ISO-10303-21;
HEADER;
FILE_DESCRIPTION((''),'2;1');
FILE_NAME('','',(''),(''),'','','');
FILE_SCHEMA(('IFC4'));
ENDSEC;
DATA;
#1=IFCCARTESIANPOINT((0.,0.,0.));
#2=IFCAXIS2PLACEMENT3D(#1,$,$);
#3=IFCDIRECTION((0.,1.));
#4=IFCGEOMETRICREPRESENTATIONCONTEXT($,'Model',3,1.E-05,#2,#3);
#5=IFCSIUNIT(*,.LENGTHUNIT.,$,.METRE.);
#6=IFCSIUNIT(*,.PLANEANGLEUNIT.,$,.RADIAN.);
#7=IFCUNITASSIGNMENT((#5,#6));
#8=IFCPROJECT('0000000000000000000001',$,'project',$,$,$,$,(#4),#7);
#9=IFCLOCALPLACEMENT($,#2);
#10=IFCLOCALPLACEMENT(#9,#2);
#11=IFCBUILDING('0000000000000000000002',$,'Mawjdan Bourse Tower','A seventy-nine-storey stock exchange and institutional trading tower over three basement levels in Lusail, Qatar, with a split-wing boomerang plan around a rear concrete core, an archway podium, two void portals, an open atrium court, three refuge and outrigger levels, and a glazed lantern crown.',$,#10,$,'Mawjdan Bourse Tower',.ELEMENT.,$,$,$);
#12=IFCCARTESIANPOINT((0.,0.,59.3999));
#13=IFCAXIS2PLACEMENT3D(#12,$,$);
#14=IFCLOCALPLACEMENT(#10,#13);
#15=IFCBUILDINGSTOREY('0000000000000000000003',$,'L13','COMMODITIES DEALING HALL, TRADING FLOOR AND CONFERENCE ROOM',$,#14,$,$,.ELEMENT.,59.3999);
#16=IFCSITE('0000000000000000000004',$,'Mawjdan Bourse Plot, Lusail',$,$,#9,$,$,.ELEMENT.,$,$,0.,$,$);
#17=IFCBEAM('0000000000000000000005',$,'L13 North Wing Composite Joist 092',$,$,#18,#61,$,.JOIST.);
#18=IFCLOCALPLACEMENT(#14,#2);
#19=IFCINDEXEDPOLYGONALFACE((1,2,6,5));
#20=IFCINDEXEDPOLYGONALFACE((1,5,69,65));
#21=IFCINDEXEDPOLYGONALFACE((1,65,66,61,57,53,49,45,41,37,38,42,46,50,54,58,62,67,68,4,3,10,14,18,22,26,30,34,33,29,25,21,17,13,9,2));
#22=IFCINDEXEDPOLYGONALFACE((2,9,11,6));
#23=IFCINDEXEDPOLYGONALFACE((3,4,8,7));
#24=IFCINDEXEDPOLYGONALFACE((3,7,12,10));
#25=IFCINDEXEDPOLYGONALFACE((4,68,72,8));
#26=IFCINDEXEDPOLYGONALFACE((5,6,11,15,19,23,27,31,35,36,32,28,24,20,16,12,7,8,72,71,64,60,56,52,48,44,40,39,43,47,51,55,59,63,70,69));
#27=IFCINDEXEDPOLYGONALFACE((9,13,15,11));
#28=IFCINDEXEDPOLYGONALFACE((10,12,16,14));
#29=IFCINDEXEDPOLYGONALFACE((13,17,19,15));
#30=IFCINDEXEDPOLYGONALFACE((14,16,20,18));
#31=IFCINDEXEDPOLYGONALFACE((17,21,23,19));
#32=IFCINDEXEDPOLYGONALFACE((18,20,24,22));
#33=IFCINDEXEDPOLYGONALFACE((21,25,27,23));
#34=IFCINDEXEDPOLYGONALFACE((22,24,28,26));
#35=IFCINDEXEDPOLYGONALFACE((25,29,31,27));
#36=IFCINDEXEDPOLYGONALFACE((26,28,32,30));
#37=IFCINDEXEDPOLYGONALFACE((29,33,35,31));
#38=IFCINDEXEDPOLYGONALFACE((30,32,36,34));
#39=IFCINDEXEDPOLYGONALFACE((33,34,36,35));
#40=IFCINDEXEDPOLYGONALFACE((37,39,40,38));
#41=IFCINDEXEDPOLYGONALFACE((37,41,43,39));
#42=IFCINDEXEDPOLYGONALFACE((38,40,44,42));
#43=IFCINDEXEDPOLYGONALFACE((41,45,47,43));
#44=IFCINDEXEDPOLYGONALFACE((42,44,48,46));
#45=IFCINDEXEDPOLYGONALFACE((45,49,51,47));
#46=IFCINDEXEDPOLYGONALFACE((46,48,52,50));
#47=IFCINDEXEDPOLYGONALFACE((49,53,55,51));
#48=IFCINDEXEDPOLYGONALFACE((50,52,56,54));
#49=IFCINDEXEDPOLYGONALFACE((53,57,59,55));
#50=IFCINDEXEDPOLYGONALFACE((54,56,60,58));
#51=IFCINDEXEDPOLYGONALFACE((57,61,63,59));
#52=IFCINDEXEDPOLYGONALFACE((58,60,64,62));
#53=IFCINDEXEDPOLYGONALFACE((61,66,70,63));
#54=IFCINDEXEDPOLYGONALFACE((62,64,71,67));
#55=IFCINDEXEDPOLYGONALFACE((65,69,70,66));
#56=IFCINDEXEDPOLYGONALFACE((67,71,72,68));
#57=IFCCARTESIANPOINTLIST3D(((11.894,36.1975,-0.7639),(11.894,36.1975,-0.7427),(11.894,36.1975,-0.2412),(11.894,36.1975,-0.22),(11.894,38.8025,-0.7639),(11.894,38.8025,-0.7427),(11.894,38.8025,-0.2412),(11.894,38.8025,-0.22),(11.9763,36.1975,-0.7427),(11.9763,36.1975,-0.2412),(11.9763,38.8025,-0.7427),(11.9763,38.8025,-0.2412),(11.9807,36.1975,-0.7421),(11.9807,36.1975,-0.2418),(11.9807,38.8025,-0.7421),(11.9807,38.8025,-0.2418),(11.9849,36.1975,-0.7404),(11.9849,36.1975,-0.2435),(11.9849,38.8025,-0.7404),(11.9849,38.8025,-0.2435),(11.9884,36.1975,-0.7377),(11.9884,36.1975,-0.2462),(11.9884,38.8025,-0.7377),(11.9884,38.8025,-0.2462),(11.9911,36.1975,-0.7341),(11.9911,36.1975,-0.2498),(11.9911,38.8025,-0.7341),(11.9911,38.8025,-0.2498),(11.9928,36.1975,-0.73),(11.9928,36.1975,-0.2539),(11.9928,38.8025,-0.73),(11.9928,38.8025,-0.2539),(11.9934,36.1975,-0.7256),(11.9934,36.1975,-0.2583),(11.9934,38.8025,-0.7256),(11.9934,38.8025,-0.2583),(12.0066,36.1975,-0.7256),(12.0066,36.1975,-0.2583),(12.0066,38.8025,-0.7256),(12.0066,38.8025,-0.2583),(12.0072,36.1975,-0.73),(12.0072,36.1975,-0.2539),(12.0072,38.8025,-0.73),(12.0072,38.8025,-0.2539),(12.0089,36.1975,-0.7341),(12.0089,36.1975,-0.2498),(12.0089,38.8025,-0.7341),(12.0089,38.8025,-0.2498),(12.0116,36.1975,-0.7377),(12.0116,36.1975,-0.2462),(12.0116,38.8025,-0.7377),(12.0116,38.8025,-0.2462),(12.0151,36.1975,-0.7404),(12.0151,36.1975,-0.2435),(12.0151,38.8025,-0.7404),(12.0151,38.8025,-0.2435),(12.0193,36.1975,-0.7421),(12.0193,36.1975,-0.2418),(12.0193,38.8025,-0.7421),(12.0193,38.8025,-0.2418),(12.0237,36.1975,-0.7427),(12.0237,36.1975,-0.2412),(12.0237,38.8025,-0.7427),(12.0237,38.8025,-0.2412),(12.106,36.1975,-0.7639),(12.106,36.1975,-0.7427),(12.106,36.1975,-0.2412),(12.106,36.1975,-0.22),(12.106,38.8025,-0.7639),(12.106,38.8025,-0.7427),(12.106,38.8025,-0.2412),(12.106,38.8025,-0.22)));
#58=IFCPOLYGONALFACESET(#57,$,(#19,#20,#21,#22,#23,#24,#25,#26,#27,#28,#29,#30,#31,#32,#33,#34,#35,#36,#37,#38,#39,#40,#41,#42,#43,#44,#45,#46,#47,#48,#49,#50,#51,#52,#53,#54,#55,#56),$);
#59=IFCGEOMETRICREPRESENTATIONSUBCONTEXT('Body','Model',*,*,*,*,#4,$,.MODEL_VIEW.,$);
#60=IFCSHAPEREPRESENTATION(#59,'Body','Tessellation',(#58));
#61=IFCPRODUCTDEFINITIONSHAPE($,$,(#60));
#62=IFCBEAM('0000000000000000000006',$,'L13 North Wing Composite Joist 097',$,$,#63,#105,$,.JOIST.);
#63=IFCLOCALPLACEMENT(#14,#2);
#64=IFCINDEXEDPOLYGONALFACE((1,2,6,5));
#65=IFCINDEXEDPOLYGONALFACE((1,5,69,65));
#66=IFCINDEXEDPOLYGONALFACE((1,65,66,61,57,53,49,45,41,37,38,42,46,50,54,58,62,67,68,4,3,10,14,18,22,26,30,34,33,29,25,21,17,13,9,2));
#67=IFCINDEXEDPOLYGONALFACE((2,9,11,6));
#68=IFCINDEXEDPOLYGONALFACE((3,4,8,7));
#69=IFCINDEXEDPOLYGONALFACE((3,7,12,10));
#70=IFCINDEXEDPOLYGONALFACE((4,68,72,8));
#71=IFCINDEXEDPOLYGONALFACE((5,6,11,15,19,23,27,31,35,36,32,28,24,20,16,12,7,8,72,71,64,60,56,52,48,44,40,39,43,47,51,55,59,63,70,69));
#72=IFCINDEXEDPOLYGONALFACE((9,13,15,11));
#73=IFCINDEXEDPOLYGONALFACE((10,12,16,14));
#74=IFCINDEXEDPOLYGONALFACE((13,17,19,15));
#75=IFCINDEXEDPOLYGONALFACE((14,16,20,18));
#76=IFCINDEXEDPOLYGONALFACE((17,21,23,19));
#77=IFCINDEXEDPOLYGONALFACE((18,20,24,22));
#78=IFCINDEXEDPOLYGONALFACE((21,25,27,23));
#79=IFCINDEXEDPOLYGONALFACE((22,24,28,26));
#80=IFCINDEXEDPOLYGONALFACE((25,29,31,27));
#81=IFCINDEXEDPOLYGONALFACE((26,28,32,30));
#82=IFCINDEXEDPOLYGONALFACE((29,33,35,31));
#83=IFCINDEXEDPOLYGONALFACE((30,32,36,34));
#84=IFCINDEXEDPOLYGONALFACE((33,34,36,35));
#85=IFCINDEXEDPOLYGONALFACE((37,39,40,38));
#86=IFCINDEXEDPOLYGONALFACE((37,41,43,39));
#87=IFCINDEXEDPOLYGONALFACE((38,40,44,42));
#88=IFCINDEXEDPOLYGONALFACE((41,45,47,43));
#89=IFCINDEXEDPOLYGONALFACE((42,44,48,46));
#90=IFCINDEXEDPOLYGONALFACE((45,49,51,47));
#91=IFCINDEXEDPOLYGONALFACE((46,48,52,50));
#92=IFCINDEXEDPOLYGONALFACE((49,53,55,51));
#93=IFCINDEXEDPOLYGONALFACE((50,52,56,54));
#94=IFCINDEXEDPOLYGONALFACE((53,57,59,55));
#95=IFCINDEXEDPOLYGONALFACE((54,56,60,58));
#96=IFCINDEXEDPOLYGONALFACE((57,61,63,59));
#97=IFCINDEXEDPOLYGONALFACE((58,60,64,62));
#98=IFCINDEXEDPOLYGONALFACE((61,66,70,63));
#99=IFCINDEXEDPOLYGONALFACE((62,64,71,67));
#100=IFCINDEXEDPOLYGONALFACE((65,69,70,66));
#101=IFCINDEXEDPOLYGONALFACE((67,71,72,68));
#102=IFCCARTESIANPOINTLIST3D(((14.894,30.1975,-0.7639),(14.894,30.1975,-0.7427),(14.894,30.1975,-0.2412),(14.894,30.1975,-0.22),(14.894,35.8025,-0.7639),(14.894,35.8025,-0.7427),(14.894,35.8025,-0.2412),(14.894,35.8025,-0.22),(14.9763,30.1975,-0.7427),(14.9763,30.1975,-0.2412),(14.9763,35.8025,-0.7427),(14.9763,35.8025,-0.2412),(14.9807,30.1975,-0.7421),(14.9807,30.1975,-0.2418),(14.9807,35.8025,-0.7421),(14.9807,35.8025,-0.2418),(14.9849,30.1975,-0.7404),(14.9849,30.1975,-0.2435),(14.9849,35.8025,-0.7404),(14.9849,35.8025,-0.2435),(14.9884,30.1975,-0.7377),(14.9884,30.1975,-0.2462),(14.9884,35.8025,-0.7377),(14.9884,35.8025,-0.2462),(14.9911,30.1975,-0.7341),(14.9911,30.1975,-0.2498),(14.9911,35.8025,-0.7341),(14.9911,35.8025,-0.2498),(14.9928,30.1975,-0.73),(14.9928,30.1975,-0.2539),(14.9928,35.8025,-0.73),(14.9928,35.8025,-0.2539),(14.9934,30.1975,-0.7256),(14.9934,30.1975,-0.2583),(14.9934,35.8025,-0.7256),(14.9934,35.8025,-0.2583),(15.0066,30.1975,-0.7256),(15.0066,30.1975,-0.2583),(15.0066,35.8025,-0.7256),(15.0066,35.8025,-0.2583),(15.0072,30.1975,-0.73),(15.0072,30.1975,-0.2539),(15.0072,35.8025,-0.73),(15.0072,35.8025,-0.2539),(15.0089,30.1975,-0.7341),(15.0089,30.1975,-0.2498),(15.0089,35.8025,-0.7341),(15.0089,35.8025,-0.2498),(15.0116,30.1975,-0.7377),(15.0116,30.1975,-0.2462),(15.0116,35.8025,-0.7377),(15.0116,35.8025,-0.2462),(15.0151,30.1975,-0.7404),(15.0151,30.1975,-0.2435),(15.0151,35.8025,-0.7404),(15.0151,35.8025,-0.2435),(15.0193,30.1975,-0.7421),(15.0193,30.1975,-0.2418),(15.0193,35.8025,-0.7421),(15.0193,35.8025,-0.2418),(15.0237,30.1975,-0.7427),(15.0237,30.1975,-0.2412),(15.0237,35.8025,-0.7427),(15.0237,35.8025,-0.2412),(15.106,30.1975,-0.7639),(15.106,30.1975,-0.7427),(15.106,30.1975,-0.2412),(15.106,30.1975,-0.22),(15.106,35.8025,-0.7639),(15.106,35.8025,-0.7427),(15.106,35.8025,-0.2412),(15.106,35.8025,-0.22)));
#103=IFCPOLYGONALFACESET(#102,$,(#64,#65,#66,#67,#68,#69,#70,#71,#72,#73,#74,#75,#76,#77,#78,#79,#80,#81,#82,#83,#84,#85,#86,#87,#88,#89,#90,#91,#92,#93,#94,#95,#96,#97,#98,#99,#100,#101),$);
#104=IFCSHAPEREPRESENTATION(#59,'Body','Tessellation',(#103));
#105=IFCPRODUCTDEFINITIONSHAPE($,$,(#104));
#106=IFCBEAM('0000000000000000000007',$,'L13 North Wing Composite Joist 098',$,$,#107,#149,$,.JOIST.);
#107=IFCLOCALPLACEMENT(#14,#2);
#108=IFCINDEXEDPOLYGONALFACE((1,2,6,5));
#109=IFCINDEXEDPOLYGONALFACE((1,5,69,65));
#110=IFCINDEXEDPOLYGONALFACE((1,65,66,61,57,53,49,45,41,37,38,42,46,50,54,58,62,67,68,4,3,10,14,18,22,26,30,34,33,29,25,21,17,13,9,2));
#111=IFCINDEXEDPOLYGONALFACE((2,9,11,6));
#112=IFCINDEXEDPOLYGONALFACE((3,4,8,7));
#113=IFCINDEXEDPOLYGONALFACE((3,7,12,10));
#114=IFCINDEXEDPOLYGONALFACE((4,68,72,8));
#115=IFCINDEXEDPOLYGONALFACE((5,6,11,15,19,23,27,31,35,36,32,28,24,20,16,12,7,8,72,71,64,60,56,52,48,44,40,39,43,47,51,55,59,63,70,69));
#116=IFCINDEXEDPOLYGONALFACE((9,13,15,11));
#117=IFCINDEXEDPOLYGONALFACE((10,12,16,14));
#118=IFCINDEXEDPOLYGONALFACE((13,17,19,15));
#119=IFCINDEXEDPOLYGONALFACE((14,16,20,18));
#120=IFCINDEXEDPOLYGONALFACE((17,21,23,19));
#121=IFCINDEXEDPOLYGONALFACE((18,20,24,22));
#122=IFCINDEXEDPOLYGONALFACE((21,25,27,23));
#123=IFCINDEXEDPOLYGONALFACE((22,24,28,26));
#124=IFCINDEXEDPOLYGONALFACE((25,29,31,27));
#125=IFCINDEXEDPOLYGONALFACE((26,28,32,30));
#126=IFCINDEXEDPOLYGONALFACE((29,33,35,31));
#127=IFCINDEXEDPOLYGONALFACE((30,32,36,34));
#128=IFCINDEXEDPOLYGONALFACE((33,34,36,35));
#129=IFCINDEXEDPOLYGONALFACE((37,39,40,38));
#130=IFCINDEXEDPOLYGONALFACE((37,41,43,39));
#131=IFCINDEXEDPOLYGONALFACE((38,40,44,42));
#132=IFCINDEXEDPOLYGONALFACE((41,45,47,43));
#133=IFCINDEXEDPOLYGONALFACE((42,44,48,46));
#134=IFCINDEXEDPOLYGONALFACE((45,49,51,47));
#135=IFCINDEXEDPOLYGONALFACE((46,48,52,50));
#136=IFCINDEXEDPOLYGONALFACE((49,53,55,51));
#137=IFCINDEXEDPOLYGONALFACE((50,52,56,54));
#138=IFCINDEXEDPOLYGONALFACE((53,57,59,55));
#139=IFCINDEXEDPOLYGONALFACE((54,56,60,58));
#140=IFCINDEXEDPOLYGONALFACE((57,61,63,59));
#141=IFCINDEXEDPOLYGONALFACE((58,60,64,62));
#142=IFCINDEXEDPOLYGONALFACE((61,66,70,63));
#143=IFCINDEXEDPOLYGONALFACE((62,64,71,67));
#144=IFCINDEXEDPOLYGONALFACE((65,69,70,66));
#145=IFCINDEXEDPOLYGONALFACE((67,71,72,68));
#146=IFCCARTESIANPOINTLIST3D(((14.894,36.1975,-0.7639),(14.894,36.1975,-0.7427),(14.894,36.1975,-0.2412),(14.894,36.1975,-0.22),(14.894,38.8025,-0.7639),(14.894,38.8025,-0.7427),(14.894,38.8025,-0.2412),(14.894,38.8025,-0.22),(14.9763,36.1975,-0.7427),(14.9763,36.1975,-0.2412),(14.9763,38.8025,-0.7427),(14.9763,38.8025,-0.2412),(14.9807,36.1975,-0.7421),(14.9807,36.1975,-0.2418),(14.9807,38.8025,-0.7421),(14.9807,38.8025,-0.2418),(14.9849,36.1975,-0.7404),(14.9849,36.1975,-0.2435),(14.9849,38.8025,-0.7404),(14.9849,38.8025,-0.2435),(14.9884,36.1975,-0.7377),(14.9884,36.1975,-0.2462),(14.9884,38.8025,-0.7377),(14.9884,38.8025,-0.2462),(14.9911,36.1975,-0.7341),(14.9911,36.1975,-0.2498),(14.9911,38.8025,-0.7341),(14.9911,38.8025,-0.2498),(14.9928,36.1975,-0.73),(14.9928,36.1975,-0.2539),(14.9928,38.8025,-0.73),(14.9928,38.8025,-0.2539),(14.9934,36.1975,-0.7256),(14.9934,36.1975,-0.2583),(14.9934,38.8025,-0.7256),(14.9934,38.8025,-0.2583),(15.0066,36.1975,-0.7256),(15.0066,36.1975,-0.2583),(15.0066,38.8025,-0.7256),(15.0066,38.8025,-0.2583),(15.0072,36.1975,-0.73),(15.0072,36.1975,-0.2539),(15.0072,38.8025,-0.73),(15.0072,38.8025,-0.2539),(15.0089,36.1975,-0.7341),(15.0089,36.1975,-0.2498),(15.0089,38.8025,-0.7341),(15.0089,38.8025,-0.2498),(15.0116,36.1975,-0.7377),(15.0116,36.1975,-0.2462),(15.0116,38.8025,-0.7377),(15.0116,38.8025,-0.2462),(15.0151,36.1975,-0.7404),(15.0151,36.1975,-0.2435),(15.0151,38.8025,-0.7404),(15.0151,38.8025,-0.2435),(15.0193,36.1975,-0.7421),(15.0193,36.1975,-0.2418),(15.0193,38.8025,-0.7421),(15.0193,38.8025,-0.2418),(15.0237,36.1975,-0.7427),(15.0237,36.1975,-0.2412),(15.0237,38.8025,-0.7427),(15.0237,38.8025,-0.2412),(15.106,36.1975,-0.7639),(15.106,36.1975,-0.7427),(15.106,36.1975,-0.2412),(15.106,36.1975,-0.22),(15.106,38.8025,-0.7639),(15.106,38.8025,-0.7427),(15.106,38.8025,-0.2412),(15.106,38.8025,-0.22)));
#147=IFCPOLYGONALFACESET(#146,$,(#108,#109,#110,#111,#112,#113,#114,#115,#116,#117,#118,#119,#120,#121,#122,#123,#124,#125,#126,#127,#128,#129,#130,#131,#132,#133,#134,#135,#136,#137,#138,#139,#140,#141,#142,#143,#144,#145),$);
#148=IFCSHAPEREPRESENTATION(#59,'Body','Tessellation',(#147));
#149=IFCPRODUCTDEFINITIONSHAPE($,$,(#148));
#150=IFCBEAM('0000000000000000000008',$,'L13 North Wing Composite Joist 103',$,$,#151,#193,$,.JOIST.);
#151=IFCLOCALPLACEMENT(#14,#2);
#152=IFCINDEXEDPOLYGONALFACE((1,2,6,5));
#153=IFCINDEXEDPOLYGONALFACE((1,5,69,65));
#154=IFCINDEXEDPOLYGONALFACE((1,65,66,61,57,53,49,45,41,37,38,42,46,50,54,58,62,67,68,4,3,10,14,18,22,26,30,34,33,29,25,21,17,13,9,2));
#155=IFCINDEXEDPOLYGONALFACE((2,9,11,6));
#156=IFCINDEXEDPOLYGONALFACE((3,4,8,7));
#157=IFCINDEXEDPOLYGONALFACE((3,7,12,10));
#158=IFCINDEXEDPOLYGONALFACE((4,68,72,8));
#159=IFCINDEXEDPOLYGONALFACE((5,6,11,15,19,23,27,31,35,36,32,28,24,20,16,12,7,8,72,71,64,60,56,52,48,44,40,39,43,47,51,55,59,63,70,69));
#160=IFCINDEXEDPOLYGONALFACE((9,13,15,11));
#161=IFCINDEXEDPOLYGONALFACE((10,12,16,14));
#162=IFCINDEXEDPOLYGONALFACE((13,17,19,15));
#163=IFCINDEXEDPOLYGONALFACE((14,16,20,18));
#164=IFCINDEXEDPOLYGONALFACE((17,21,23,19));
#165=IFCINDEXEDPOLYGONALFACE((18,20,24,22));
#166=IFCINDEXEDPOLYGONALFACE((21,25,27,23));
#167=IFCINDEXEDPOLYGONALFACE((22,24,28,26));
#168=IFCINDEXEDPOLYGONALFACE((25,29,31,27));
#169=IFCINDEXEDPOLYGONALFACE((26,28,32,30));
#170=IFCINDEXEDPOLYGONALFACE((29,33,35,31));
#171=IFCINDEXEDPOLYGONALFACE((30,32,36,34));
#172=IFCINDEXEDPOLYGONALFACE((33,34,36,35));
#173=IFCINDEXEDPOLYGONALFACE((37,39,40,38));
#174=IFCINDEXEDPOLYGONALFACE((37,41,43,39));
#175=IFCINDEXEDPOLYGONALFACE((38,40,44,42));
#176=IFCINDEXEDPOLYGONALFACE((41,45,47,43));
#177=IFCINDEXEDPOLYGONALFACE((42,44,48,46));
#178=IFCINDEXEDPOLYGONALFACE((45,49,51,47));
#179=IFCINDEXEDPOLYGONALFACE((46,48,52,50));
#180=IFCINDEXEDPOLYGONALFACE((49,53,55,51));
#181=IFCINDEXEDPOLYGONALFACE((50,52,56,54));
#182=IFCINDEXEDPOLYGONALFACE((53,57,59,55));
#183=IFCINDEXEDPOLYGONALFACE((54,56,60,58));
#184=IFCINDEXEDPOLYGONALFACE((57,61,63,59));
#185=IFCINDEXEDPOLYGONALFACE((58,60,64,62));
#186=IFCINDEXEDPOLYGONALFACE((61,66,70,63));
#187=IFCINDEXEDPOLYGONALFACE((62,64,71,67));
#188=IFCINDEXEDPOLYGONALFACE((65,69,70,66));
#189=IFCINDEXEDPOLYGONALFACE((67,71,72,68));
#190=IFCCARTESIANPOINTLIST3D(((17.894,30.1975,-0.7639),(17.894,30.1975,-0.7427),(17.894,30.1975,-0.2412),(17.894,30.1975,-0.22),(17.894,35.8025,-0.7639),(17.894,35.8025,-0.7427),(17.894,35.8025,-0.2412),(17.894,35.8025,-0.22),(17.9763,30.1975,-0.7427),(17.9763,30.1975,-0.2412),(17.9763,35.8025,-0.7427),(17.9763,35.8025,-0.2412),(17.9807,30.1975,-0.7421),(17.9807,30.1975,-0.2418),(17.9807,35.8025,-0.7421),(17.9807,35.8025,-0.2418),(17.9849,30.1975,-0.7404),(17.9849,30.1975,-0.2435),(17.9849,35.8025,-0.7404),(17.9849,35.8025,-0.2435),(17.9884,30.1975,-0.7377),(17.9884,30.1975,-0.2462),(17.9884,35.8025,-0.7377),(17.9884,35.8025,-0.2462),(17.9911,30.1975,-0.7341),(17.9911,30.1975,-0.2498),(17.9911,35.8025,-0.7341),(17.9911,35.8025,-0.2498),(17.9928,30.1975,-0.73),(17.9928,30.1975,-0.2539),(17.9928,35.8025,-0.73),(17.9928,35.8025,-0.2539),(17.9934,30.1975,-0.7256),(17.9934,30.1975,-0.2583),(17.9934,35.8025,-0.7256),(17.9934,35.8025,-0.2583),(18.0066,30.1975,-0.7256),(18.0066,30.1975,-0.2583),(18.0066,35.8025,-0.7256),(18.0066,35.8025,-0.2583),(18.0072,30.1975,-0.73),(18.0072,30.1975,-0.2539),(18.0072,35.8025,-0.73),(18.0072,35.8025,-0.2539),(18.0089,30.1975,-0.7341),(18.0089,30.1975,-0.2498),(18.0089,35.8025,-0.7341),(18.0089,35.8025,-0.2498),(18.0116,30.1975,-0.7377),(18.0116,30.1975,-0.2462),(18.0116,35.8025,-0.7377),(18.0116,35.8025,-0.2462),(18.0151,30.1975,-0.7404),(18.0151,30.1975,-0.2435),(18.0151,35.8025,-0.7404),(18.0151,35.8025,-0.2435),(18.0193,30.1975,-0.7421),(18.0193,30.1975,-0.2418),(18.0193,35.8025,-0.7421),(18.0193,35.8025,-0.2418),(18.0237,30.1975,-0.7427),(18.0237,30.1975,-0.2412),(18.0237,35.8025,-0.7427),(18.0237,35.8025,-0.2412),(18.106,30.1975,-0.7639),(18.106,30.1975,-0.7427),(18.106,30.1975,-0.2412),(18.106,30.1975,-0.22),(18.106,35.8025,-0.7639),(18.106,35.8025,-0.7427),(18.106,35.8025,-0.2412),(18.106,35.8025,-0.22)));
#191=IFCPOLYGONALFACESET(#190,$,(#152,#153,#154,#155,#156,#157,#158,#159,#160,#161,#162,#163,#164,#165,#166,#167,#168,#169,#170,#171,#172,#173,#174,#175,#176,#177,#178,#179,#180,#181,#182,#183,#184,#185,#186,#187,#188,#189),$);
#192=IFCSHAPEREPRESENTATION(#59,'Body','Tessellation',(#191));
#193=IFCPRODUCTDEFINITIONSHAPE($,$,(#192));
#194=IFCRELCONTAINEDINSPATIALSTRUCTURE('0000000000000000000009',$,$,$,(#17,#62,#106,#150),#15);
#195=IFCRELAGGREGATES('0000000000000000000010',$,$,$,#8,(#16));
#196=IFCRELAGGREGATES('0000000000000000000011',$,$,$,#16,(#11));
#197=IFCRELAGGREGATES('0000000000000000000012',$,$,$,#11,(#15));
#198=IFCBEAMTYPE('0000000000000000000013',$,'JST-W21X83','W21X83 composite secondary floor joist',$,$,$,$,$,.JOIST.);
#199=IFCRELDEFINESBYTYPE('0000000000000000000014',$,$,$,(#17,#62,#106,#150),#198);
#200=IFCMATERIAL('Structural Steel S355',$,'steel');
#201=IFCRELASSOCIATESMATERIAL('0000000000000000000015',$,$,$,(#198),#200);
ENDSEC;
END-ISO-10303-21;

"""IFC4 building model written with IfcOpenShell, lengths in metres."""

from ifc_helpers import new_model, si_unit, direction, frame, origin, origin_2d, place, context, subcontext, project, spatial, i_section, extrude, material, material_profile, profile_set, type_object, element, save


model = new_model("IFC4")

# Units and contexts
model_context = context("Model", 3, precision=1e-05, world=origin(), true_north=direction((0.0, 1.0)))
body_context = subcontext(model_context, "Body", "Model", "MODEL_VIEW")
ifc_project = project(units=[si_unit("LENGTHUNIT", "METRE"), si_unit("PLANEANGLEUNIT", "RADIAN")], contexts=[model_context])

# Site, building, storey
site_placement = place(None, origin())
site = spatial("IfcSite", under=ifc_project, at=site_placement, Name="Mawjdan Bourse Plot, Lusail", CompositionType="ELEMENT", RefElevation=0.0)
building_placement = place(site_placement, origin())
building = spatial("IfcBuilding", under=site, at=building_placement, Name="Mawjdan Bourse Tower", Description="A seventy-nine-storey stock exchange and institutional trading tower over three basement levels in Lusail, Qatar, with a split-wing boomerang plan around a rear concrete core, an archway podium, two void portals, an open atrium court, three refuge and outrigger levels, and a glazed lantern crown.", LongName="Mawjdan Bourse Tower", CompositionType="ELEMENT")
storey_placement = place(building_placement, frame((0.0, 0.0, 59.3999)))
storey = spatial("IfcBuildingStorey", under=building, at=storey_placement, Name="L13", Description="COMMODITIES DEALING HALL, TRADING FLOOR AND CONFERENCE ROOM", CompositionType="ELEMENT", Elevation=59.3999)

# Beams
ifc_material_1 = material(Name="Structural Steel S355", Category="steel")
ifc_material_profile_1 = material_profile(ifc_material_1, i_section(OverallWidth=0.2119, OverallDepth=0.5439, WebThickness=0.0132, FlangeThickness=0.0212, FilletRadius=0.0171, at=origin_2d()), Name="W21X83")
ifc_profile_set_1 = profile_set([ifc_material_profile_1], Name="Structural Steel S355")
beam_type_1 = type_object("IfcBeamType", Name="JST-W21X83", Description="W21X83 composite secondary floor joist", PredefinedType="JOIST", material=ifc_profile_set_1)
beam_1_placement = place(storey_placement, frame((12.0, 36.1975, -0.4919), z_axis=(0.0, 1.0, 0.0), x_axis=(-1.0, 0.0, 0.0)))
element("IfcBeam", 1, at=beam_1_placement, inside=storey, type_object=beam_type_1, Name="L13 North Wing Composite Joist 092", PredefinedType="JOIST", context=body_context, shape_type="SweptSolid", body=[
    extrude(i_section(OverallWidth=0.2119, OverallDepth=0.5439, WebThickness=0.0132, FlangeThickness=0.0212, FilletRadius=0.0171, at=origin_2d()), origin(), (0.0, 0.0, 1.0), 2.605),
])
beam_2_placement = place(storey_placement, frame((15.0, 30.1975, -0.4919), z_axis=(0.0, 1.0, 0.0), x_axis=(-1.0, 0.0, 0.0)))
element("IfcBeam", 2, at=beam_2_placement, inside=storey, type_object=beam_type_1, Name="L13 North Wing Composite Joist 097", PredefinedType="JOIST", context=body_context, shape_type="SweptSolid", body=[
    extrude(i_section(OverallWidth=0.2119, OverallDepth=0.5439, WebThickness=0.0132, FlangeThickness=0.0212, FilletRadius=0.0171, at=origin_2d()), origin(), (0.0, 0.0, 1.0), 5.605),
])
beam_3_placement = place(storey_placement, frame((15.0, 36.1975, -0.4919), z_axis=(0.0, 1.0, 0.0), x_axis=(-1.0, 0.0, 0.0)))
element("IfcBeam", 3, at=beam_3_placement, inside=storey, type_object=beam_type_1, Name="L13 North Wing Composite Joist 098", PredefinedType="JOIST", context=body_context, shape_type="SweptSolid", body=[
    extrude(i_section(OverallWidth=0.2119, OverallDepth=0.5439, WebThickness=0.0132, FlangeThickness=0.0212, FilletRadius=0.0171, at=origin_2d()), origin(), (0.0, 0.0, 1.0), 2.605),
])
beam_4_placement = place(storey_placement, frame((18.0, 30.1975, -0.4919), z_axis=(0.0, 1.0, 0.0), x_axis=(-1.0, 0.0, 0.0)))
element("IfcBeam", 4, at=beam_4_placement, inside=storey, type_object=beam_type_1, Name="L13 North Wing Composite Joist 103", PredefinedType="JOIST", context=body_context, shape_type="SweptSolid", body=[
    extrude(i_section(OverallWidth=0.2119, OverallDepth=0.5439, WebThickness=0.0132, FlangeThickness=0.0212, FilletRadius=0.0171, at=origin_2d()), origin(), (0.0, 0.0, 1.0), 5.605),
])

save(model, "model.ifc")
